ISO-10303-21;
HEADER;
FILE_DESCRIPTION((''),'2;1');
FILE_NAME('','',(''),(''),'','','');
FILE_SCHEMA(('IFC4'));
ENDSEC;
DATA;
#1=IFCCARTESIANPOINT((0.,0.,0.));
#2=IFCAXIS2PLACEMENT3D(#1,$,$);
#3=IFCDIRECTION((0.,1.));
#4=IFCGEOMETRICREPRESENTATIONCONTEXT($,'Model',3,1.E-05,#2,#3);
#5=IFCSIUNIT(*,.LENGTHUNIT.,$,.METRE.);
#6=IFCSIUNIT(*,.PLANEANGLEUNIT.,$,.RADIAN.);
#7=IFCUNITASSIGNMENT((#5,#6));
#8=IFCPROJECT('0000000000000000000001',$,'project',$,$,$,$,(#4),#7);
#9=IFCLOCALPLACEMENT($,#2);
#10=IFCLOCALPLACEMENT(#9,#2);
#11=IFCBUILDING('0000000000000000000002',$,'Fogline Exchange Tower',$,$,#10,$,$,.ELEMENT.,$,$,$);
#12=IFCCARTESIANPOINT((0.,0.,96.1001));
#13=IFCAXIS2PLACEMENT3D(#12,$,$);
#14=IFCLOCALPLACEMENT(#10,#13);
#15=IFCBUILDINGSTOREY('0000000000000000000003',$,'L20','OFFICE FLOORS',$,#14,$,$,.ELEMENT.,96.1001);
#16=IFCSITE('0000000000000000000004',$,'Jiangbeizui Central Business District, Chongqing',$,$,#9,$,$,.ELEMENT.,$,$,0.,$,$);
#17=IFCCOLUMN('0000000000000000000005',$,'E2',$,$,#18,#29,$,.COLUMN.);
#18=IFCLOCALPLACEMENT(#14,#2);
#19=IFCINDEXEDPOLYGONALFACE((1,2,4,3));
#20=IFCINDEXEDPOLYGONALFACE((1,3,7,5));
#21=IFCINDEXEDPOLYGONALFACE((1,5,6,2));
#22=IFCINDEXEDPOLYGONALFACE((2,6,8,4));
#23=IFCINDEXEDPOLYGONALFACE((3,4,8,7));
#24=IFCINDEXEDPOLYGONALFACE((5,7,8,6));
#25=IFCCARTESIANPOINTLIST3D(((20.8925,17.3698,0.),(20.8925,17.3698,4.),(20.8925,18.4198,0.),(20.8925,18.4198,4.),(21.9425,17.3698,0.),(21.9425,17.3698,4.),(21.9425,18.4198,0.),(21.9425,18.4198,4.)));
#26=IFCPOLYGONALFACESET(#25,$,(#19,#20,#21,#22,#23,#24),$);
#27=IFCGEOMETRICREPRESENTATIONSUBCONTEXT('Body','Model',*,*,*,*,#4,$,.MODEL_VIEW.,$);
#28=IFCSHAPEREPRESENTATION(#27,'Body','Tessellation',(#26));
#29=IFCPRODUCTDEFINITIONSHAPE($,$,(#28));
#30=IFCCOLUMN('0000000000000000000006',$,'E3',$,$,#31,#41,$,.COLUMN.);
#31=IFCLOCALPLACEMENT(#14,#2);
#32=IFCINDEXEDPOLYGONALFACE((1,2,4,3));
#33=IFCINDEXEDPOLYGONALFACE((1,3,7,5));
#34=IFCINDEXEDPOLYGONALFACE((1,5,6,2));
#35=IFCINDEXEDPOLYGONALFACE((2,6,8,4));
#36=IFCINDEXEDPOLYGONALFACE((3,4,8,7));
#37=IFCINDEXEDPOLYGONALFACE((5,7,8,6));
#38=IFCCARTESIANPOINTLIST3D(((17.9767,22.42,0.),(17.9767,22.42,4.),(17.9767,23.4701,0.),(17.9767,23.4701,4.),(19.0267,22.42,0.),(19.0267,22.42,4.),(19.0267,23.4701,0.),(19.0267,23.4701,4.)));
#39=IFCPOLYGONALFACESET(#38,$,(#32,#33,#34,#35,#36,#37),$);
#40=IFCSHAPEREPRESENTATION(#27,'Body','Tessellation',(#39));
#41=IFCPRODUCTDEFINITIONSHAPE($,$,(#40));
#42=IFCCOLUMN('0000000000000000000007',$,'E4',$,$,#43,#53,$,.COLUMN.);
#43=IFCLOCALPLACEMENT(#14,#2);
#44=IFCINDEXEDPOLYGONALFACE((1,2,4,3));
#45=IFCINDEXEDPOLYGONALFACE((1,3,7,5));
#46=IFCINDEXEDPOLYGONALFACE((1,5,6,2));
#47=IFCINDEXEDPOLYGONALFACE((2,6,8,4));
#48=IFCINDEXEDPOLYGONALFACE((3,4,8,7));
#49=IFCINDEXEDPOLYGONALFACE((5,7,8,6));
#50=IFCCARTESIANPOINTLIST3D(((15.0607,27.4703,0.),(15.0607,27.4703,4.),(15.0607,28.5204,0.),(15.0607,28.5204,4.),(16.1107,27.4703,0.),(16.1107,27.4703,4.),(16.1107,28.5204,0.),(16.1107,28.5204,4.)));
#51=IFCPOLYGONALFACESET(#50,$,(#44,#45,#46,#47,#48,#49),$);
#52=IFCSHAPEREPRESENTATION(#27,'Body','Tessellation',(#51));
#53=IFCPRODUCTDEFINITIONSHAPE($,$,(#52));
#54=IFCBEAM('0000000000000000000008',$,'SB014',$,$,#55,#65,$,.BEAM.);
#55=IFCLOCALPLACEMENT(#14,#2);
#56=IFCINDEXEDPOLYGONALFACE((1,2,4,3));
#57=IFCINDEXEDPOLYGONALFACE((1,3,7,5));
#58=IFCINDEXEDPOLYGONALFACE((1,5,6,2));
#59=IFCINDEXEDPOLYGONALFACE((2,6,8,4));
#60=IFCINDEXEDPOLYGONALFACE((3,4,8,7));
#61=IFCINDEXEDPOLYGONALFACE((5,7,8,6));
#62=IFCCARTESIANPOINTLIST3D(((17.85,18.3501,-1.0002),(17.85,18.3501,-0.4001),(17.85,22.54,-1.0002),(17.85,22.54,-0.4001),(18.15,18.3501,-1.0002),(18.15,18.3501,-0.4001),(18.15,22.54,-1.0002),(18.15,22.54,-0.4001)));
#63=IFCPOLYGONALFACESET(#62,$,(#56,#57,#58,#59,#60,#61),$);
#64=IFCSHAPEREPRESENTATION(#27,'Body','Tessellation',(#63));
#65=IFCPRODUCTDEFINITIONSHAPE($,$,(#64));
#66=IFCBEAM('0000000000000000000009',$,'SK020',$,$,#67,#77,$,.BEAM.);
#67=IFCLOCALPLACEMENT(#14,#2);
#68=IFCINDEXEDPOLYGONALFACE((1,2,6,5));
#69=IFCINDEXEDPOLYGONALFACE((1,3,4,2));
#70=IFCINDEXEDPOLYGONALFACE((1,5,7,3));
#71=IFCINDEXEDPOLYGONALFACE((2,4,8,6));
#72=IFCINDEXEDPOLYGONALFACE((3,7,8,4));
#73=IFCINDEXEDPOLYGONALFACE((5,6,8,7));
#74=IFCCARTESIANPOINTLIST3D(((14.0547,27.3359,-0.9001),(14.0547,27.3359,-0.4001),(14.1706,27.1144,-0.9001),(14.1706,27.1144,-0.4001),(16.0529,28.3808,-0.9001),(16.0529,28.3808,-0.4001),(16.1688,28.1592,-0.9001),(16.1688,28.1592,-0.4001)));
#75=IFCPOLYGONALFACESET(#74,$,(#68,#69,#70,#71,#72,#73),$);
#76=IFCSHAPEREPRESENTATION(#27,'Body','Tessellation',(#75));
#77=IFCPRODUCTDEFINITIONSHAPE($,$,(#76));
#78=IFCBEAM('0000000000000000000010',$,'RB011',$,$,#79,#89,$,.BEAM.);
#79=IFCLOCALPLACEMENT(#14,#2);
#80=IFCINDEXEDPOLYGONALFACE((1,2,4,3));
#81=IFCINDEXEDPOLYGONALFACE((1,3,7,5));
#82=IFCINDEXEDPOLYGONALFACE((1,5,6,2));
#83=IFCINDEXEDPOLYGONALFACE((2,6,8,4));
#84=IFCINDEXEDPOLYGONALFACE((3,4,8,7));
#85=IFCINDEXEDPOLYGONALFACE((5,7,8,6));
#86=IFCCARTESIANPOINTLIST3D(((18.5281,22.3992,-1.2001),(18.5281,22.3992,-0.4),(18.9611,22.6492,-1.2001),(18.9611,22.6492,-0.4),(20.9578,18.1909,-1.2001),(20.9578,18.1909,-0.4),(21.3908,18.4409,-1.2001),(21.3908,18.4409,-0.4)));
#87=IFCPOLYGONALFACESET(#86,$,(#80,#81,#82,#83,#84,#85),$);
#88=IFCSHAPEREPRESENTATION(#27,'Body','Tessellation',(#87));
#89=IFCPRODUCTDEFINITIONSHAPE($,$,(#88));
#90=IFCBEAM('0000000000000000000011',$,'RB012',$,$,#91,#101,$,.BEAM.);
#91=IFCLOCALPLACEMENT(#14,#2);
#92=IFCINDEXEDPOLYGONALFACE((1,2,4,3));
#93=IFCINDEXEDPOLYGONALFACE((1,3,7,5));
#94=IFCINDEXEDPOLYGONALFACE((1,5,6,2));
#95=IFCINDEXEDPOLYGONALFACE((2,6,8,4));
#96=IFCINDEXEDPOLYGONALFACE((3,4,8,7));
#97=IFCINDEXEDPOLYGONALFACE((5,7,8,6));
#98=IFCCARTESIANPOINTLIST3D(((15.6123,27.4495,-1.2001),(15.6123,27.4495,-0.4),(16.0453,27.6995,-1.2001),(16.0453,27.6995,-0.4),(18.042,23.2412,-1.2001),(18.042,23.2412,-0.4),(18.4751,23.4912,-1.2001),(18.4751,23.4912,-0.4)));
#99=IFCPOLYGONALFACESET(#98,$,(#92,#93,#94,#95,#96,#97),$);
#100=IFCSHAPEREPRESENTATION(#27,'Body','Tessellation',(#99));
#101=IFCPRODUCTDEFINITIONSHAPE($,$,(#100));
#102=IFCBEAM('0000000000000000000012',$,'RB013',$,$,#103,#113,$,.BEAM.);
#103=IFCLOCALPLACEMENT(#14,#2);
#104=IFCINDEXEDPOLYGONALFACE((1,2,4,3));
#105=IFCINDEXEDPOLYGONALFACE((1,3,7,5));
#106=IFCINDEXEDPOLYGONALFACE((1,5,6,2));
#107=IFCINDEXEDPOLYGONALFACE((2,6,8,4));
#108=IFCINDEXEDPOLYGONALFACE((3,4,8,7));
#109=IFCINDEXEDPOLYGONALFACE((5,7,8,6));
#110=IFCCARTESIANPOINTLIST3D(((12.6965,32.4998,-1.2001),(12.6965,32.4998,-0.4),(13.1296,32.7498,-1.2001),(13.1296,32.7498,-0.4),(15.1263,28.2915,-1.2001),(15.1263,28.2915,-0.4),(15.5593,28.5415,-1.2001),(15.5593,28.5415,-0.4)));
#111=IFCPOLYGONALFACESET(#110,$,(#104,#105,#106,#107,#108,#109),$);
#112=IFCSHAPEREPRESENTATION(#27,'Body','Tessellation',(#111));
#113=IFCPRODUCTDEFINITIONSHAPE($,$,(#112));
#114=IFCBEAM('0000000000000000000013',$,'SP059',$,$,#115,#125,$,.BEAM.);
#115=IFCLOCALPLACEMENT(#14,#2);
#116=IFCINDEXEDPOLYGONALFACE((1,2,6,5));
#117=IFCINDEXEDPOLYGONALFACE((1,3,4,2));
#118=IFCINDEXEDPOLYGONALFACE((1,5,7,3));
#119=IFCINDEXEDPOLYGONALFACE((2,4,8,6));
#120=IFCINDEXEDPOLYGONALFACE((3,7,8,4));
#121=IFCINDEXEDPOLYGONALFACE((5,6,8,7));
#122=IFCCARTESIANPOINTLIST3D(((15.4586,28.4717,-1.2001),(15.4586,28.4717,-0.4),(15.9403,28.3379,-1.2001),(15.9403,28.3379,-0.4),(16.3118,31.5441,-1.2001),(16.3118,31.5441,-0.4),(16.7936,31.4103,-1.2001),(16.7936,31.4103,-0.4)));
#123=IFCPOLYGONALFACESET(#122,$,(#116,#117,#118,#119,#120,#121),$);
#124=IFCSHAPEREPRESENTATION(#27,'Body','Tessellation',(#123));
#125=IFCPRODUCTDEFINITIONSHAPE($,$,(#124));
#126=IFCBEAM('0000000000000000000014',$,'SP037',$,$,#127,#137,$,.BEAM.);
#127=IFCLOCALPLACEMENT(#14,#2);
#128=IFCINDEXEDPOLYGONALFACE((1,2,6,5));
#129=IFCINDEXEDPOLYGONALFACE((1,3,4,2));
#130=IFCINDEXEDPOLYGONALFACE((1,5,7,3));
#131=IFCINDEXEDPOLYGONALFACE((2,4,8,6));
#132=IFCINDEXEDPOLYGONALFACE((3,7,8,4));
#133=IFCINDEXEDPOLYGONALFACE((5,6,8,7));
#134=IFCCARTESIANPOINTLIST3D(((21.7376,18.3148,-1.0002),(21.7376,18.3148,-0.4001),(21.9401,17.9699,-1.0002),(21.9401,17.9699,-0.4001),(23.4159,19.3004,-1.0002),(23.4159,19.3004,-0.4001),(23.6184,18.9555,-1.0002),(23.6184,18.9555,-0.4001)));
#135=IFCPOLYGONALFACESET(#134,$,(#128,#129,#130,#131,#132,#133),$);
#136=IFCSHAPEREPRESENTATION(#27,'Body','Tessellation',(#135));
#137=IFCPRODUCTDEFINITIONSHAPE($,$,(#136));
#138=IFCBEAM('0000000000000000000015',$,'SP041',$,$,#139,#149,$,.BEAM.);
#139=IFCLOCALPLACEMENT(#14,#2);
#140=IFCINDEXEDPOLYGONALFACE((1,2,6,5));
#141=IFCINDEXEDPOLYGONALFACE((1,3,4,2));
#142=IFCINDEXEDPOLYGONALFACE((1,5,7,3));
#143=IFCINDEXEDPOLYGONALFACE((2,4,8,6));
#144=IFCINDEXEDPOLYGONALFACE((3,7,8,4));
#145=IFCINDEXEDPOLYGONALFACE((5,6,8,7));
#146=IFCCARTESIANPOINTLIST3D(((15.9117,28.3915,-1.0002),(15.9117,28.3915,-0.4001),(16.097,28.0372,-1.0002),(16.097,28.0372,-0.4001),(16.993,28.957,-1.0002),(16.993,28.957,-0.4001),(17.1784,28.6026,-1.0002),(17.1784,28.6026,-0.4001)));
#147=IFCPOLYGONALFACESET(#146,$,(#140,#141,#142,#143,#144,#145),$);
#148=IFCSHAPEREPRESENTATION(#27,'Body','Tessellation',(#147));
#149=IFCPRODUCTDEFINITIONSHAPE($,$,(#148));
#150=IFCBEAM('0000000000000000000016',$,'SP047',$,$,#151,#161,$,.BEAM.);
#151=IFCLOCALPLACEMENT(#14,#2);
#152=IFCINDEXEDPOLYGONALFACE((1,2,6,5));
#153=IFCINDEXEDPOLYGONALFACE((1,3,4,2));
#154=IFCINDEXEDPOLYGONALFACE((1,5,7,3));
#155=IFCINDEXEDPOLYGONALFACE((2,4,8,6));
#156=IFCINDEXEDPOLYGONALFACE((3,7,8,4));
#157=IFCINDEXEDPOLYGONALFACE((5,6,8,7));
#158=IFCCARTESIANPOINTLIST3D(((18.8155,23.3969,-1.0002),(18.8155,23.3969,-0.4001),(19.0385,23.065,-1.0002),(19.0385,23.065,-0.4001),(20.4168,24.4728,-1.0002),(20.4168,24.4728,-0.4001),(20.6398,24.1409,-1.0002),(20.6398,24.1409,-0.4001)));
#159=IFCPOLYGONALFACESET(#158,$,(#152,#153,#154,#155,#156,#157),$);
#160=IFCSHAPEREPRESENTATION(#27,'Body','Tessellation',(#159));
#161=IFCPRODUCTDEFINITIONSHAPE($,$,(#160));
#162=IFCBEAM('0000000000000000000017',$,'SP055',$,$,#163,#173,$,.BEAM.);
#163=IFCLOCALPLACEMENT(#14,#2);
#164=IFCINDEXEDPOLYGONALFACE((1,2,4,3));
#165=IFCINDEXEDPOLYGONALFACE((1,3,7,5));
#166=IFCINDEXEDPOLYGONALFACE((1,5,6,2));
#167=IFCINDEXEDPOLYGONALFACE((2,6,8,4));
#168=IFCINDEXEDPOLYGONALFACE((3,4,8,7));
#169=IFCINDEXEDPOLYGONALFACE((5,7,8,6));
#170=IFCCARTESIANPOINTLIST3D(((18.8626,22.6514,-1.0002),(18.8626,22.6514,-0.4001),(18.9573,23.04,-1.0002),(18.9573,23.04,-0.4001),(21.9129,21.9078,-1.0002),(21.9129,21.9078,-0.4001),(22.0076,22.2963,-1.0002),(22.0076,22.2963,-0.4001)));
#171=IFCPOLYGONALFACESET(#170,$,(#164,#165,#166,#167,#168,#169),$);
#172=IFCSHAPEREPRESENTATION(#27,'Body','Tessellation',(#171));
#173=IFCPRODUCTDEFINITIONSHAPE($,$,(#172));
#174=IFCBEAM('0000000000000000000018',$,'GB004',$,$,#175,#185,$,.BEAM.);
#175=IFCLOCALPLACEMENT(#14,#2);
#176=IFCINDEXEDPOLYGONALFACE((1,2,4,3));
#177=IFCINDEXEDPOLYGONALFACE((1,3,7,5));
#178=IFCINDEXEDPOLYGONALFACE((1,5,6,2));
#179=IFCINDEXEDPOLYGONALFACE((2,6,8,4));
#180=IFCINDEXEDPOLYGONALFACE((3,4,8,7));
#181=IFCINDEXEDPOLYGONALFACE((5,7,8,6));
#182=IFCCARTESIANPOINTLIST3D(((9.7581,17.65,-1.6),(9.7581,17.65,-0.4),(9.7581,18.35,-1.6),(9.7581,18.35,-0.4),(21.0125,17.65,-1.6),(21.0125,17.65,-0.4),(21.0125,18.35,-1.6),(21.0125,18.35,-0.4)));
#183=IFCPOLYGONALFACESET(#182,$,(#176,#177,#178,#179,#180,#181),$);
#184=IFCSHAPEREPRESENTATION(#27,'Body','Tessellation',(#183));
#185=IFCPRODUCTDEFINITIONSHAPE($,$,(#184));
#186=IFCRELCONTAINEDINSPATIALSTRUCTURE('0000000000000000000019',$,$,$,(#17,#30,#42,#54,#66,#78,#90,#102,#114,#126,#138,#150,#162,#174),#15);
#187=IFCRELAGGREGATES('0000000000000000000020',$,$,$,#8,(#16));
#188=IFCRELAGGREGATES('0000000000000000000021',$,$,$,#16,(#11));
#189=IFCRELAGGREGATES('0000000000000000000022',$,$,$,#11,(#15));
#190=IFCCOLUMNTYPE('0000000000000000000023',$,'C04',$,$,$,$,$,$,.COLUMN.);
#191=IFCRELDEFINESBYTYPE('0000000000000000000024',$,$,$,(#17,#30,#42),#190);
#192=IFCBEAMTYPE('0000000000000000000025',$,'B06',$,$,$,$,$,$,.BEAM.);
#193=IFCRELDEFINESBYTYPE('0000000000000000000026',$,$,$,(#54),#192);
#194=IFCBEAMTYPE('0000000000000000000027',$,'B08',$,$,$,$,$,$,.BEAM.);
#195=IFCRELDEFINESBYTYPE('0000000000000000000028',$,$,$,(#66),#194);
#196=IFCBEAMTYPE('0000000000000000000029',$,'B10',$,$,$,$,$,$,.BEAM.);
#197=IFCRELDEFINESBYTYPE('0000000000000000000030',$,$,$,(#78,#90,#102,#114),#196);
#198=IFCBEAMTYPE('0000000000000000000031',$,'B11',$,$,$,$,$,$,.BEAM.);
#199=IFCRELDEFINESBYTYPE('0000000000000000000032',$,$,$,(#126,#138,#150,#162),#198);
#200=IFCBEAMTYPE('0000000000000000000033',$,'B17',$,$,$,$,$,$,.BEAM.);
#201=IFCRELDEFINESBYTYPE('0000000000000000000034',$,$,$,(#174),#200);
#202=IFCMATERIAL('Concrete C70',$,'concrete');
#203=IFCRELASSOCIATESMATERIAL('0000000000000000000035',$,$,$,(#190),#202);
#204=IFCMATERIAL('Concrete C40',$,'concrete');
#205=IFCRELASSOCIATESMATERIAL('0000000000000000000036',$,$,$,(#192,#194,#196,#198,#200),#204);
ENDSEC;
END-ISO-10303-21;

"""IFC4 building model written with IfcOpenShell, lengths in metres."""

from ifc_helpers import new_model, si_unit, direction, frame, origin, origin_2d, place, context, subcontext, project, spatial, rectangle, extrude, material, material_profile, profile_set, type_object, element, save


model = new_model("IFC4")

# Units and contexts
model_context = context("Model", 3, precision=1e-05, world=origin(), true_north=direction((0.0, 1.0)))
body_context = subcontext(model_context, "Body", "Model", "MODEL_VIEW")
ifc_project = project(units=[si_unit("LENGTHUNIT", "METRE"), si_unit("PLANEANGLEUNIT", "RADIAN")], contexts=[model_context])

# Site, building, storey
site_placement = place(None, origin())
site = spatial("IfcSite", under=ifc_project, at=site_placement, Name="Jiangbeizui Central Business District, Chongqing", CompositionType="ELEMENT", RefElevation=0.0)
building_placement = place(site_placement, origin())
building = spatial("IfcBuilding", under=site, at=building_placement, Name="Fogline Exchange Tower", CompositionType="ELEMENT")
storey_placement = place(building_placement, frame((0.0, 0.0, 96.1001)))
storey = spatial("IfcBuildingStorey", under=building, at=storey_placement, Name="L20", Description="OFFICE FLOORS", CompositionType="ELEMENT", Elevation=96.1001)

# Columns
ifc_material_1 = material(Name="Concrete C70", Category="concrete")
ifc_material_profile_1 = material_profile(ifc_material_1, rectangle(XDim=1.05, YDim=1.05, at=origin_2d()), Name="RC 1050x1050")
ifc_profile_set_1 = profile_set([ifc_material_profile_1], Name="Concrete C70")
column_type = type_object("IfcColumnType", Name="C04", PredefinedType="COLUMN", material=ifc_profile_set_1)
for number, where, z_axis, x_axis, name in (
    (1, (21.4175, 17.8948, 0.0), (0.0, 0.0, 1.0), (1.0, 0.0, 0.0), "E2"),
    (2, (18.5017, 22.9451, 0.0), (0.0, 0.0, 1.0), (1.0, 0.0, 0.0), "E3"),
    (3, (15.5857, 27.9954, 0.0), (0.0, 0.0, 1.0), (1.0, 0.0, 0.0), "E4"),
):
    element("IfcColumn", number, at=place(storey_placement, frame(where, z_axis=z_axis, x_axis=x_axis)), inside=storey, type_object=column_type, Name=name, PredefinedType="COLUMN", context=body_context, shape_type="SweptSolid", body=[
        extrude(rectangle(XDim=1.05, YDim=1.05, at=origin_2d()), origin(), (0.0, 0.0, 1.0), 4.0),
    ])

# Beams
ifc_material_2 = material(Name="Concrete C40", Category="concrete")
ifc_material_profile_2 = material_profile(ifc_material_2, rectangle(XDim=0.3, YDim=0.6001, at=origin_2d()), Name="RC 300x600")
ifc_profile_set_2 = profile_set([ifc_material_profile_2], Name="Concrete C40")
beam_type_1 = type_object("IfcBeamType", Name="B06", PredefinedType="BEAM", material=ifc_profile_set_2)
beam_1_placement = place(storey_placement, frame((18.0, 18.3501, -0.7002), z_axis=(0.0, 1.0, 0.0), x_axis=(-1.0, 0.0, 0.0)))
element("IfcBeam", 4, at=beam_1_placement, inside=storey, type_object=beam_type_1, Name="SB014", PredefinedType="BEAM", context=body_context, shape_type="SweptSolid", body=[
    extrude(rectangle(XDim=0.3, YDim=0.6001, at=origin_2d()), origin(), (0.0, 0.0, 1.0), 4.1899),
])
ifc_material_profile_3 = material_profile(ifc_material_2, rectangle(XDim=0.25, YDim=0.5, at=origin_2d()), Name="RC 250x500")
ifc_profile_set_3 = profile_set([ifc_material_profile_3], Name="Concrete C40")
beam_type_2 = type_object("IfcBeamType", Name="B08", PredefinedType="BEAM", material=ifc_profile_set_3)
beam_2_placement = place(storey_placement, frame((16.1108, 28.27, -0.6501), z_axis=(-0.88616, -0.46338, 0.0), x_axis=(0.46338, -0.88616, 0.0)))
element("IfcBeam", 5, at=beam_2_placement, inside=storey, type_object=beam_type_2, Name="SK020", PredefinedType="BEAM", context=body_context, shape_type="SweptSolid", body=[
    extrude(rectangle(XDim=0.25, YDim=0.5, at=origin_2d()), origin(), (0.0, 0.0, 1.0), 2.2549),
])
ifc_material_profile_4 = material_profile(ifc_material_2, rectangle(XDim=0.5, YDim=0.8, at=origin_2d()), Name="RC 500x800")
ifc_profile_set_4 = profile_set([ifc_material_profile_4], Name="Concrete C40")
beam_type_3 = type_object("IfcBeamType", Name="B10", PredefinedType="BEAM", material=ifc_profile_set_4)
for number, where, z_axis, x_axis, name in (
    (6, (21.1743, 18.3159, -0.8), (-0.500008, 0.866021, 0.0), (-0.866021, -0.500008, 0.0), "RB011"),
    (7, (18.2585, 23.3662, -0.8), (-0.500008, 0.866021, 0.0), (-0.866021, -0.500008, 0.0), "RB012"),
    (8, (15.3428, 28.4165, -0.8), (-0.500008, 0.866021, 0.0), (-0.866021, -0.500008, 0.0), "RB013"),
):
    element("IfcBeam", number, at=place(storey_placement, frame(where, z_axis=z_axis, x_axis=x_axis)), inside=storey, type_object=beam_type_3, Name=name, PredefinedType="BEAM", context=body_context, shape_type="SweptSolid", body=[
        extrude(rectangle(XDim=0.5, YDim=0.8, at=origin_2d()), origin(), (0.0, 0.0, 1.0), 4.8594),
    ])
beam_3_placement = place(storey_placement, frame((15.6995, 28.4048, -0.8), z_axis=(0.267585, 0.963534, 0.0), x_axis=(-0.963534, 0.267585, 0.0)))
element("IfcBeam", 9, at=beam_3_placement, inside=storey, type_object=beam_type_3, Name="SP059", PredefinedType="BEAM", context=body_context, shape_type="SweptSolid", body=[
    extrude(rectangle(XDim=0.5, YDim=0.8, at=origin_2d()), origin(), (0.0, 0.0, 1.0), 3.1887),
])
ifc_material_profile_5 = material_profile(ifc_material_2, rectangle(XDim=0.3999, YDim=0.6001, at=origin_2d()), Name="RC 400x600")
ifc_profile_set_5 = profile_set([ifc_material_profile_5], Name="Concrete C40")
beam_type_4 = type_object("IfcBeamType", Name="B11", PredefinedType="BEAM", material=ifc_profile_set_5)
beam_4_placement = place(storey_placement, frame((21.8389, 18.1423, -0.7002), z_axis=(0.862292, 0.506411, 0.0), x_axis=(-0.506411, 0.862292, 0.0)))
element("IfcBeam", 10, at=beam_4_placement, inside=storey, type_object=beam_type_4, Name="SP037", PredefinedType="BEAM", context=body_context, shape_type="SweptSolid", body=[
    extrude(rectangle(XDim=0.3999, YDim=0.6001, at=origin_2d()), origin(), (0.0, 0.0, 1.0), 1.9463),
])
beam_5_placement = place(storey_placement, frame((16.0044, 28.2144, -0.7002), z_axis=(0.886156, 0.463386, 0.0), x_axis=(-0.463386, 0.886156, 0.0)))
element("IfcBeam", 11, at=beam_5_placement, inside=storey, type_object=beam_type_4, Name="SP041", PredefinedType="BEAM", context=body_context, shape_type="SweptSolid", body=[
    extrude(rectangle(XDim=0.3999, YDim=0.6001, at=origin_2d()), origin(), (0.0, 0.0, 1.0), 1.2202),
])
beam_6_placement = place(storey_placement, frame((18.927, 23.231, -0.7002), z_axis=(0.83004, 0.557705, 0.0), x_axis=(-0.557705, 0.83004, 0.0)))
element("IfcBeam", 12, at=beam_6_placement, inside=storey, type_object=beam_type_4, Name="SP047", PredefinedType="BEAM", context=body_context, shape_type="SweptSolid", body=[
    extrude(rectangle(XDim=0.3999, YDim=0.6001, at=origin_2d()), origin(), (0.0, 0.0, 1.0), 1.9292),
])
beam_7_placement = place(storey_placement, frame((18.9099, 22.8457, -0.7002), z_axis=(0.971544, -0.23686, 0.0), x_axis=(0.23686, 0.971544, 0.0)))
element("IfcBeam", 13, at=beam_7_placement, inside=storey, type_object=beam_type_4, Name="SP055", PredefinedType="BEAM", context=body_context, shape_type="SweptSolid", body=[
    extrude(rectangle(XDim=0.3999, YDim=0.6001, at=origin_2d()), origin(), (0.0, 0.0, 1.0), 3.1396),
])
ifc_material_profile_6 = material_profile(ifc_material_2, rectangle(XDim=0.7, YDim=1.2, at=origin_2d()), Name="RC 700x1200")
ifc_profile_set_6 = profile_set([ifc_material_profile_6], Name="Concrete C40")
beam_type_5 = type_object("IfcBeamType", Name="B17", PredefinedType="BEAM", material=ifc_profile_set_6)
beam_8_placement = place(storey_placement, frame((9.7581, 18.0, -1.0), z_axis=(1.0, 0.0, 0.0), x_axis=(0.0, 1.0, 0.0)))
element("IfcBeam", 14, at=beam_8_placement, inside=storey, type_object=beam_type_5, Name="GB004", PredefinedType="BEAM", context=body_context, shape_type="SweptSolid", body=[
    extrude(rectangle(XDim=0.7, YDim=1.2, at=origin_2d()), origin(), (0.0, 0.0, 1.0), 11.2544),
])

save(model, "model.ifc")
